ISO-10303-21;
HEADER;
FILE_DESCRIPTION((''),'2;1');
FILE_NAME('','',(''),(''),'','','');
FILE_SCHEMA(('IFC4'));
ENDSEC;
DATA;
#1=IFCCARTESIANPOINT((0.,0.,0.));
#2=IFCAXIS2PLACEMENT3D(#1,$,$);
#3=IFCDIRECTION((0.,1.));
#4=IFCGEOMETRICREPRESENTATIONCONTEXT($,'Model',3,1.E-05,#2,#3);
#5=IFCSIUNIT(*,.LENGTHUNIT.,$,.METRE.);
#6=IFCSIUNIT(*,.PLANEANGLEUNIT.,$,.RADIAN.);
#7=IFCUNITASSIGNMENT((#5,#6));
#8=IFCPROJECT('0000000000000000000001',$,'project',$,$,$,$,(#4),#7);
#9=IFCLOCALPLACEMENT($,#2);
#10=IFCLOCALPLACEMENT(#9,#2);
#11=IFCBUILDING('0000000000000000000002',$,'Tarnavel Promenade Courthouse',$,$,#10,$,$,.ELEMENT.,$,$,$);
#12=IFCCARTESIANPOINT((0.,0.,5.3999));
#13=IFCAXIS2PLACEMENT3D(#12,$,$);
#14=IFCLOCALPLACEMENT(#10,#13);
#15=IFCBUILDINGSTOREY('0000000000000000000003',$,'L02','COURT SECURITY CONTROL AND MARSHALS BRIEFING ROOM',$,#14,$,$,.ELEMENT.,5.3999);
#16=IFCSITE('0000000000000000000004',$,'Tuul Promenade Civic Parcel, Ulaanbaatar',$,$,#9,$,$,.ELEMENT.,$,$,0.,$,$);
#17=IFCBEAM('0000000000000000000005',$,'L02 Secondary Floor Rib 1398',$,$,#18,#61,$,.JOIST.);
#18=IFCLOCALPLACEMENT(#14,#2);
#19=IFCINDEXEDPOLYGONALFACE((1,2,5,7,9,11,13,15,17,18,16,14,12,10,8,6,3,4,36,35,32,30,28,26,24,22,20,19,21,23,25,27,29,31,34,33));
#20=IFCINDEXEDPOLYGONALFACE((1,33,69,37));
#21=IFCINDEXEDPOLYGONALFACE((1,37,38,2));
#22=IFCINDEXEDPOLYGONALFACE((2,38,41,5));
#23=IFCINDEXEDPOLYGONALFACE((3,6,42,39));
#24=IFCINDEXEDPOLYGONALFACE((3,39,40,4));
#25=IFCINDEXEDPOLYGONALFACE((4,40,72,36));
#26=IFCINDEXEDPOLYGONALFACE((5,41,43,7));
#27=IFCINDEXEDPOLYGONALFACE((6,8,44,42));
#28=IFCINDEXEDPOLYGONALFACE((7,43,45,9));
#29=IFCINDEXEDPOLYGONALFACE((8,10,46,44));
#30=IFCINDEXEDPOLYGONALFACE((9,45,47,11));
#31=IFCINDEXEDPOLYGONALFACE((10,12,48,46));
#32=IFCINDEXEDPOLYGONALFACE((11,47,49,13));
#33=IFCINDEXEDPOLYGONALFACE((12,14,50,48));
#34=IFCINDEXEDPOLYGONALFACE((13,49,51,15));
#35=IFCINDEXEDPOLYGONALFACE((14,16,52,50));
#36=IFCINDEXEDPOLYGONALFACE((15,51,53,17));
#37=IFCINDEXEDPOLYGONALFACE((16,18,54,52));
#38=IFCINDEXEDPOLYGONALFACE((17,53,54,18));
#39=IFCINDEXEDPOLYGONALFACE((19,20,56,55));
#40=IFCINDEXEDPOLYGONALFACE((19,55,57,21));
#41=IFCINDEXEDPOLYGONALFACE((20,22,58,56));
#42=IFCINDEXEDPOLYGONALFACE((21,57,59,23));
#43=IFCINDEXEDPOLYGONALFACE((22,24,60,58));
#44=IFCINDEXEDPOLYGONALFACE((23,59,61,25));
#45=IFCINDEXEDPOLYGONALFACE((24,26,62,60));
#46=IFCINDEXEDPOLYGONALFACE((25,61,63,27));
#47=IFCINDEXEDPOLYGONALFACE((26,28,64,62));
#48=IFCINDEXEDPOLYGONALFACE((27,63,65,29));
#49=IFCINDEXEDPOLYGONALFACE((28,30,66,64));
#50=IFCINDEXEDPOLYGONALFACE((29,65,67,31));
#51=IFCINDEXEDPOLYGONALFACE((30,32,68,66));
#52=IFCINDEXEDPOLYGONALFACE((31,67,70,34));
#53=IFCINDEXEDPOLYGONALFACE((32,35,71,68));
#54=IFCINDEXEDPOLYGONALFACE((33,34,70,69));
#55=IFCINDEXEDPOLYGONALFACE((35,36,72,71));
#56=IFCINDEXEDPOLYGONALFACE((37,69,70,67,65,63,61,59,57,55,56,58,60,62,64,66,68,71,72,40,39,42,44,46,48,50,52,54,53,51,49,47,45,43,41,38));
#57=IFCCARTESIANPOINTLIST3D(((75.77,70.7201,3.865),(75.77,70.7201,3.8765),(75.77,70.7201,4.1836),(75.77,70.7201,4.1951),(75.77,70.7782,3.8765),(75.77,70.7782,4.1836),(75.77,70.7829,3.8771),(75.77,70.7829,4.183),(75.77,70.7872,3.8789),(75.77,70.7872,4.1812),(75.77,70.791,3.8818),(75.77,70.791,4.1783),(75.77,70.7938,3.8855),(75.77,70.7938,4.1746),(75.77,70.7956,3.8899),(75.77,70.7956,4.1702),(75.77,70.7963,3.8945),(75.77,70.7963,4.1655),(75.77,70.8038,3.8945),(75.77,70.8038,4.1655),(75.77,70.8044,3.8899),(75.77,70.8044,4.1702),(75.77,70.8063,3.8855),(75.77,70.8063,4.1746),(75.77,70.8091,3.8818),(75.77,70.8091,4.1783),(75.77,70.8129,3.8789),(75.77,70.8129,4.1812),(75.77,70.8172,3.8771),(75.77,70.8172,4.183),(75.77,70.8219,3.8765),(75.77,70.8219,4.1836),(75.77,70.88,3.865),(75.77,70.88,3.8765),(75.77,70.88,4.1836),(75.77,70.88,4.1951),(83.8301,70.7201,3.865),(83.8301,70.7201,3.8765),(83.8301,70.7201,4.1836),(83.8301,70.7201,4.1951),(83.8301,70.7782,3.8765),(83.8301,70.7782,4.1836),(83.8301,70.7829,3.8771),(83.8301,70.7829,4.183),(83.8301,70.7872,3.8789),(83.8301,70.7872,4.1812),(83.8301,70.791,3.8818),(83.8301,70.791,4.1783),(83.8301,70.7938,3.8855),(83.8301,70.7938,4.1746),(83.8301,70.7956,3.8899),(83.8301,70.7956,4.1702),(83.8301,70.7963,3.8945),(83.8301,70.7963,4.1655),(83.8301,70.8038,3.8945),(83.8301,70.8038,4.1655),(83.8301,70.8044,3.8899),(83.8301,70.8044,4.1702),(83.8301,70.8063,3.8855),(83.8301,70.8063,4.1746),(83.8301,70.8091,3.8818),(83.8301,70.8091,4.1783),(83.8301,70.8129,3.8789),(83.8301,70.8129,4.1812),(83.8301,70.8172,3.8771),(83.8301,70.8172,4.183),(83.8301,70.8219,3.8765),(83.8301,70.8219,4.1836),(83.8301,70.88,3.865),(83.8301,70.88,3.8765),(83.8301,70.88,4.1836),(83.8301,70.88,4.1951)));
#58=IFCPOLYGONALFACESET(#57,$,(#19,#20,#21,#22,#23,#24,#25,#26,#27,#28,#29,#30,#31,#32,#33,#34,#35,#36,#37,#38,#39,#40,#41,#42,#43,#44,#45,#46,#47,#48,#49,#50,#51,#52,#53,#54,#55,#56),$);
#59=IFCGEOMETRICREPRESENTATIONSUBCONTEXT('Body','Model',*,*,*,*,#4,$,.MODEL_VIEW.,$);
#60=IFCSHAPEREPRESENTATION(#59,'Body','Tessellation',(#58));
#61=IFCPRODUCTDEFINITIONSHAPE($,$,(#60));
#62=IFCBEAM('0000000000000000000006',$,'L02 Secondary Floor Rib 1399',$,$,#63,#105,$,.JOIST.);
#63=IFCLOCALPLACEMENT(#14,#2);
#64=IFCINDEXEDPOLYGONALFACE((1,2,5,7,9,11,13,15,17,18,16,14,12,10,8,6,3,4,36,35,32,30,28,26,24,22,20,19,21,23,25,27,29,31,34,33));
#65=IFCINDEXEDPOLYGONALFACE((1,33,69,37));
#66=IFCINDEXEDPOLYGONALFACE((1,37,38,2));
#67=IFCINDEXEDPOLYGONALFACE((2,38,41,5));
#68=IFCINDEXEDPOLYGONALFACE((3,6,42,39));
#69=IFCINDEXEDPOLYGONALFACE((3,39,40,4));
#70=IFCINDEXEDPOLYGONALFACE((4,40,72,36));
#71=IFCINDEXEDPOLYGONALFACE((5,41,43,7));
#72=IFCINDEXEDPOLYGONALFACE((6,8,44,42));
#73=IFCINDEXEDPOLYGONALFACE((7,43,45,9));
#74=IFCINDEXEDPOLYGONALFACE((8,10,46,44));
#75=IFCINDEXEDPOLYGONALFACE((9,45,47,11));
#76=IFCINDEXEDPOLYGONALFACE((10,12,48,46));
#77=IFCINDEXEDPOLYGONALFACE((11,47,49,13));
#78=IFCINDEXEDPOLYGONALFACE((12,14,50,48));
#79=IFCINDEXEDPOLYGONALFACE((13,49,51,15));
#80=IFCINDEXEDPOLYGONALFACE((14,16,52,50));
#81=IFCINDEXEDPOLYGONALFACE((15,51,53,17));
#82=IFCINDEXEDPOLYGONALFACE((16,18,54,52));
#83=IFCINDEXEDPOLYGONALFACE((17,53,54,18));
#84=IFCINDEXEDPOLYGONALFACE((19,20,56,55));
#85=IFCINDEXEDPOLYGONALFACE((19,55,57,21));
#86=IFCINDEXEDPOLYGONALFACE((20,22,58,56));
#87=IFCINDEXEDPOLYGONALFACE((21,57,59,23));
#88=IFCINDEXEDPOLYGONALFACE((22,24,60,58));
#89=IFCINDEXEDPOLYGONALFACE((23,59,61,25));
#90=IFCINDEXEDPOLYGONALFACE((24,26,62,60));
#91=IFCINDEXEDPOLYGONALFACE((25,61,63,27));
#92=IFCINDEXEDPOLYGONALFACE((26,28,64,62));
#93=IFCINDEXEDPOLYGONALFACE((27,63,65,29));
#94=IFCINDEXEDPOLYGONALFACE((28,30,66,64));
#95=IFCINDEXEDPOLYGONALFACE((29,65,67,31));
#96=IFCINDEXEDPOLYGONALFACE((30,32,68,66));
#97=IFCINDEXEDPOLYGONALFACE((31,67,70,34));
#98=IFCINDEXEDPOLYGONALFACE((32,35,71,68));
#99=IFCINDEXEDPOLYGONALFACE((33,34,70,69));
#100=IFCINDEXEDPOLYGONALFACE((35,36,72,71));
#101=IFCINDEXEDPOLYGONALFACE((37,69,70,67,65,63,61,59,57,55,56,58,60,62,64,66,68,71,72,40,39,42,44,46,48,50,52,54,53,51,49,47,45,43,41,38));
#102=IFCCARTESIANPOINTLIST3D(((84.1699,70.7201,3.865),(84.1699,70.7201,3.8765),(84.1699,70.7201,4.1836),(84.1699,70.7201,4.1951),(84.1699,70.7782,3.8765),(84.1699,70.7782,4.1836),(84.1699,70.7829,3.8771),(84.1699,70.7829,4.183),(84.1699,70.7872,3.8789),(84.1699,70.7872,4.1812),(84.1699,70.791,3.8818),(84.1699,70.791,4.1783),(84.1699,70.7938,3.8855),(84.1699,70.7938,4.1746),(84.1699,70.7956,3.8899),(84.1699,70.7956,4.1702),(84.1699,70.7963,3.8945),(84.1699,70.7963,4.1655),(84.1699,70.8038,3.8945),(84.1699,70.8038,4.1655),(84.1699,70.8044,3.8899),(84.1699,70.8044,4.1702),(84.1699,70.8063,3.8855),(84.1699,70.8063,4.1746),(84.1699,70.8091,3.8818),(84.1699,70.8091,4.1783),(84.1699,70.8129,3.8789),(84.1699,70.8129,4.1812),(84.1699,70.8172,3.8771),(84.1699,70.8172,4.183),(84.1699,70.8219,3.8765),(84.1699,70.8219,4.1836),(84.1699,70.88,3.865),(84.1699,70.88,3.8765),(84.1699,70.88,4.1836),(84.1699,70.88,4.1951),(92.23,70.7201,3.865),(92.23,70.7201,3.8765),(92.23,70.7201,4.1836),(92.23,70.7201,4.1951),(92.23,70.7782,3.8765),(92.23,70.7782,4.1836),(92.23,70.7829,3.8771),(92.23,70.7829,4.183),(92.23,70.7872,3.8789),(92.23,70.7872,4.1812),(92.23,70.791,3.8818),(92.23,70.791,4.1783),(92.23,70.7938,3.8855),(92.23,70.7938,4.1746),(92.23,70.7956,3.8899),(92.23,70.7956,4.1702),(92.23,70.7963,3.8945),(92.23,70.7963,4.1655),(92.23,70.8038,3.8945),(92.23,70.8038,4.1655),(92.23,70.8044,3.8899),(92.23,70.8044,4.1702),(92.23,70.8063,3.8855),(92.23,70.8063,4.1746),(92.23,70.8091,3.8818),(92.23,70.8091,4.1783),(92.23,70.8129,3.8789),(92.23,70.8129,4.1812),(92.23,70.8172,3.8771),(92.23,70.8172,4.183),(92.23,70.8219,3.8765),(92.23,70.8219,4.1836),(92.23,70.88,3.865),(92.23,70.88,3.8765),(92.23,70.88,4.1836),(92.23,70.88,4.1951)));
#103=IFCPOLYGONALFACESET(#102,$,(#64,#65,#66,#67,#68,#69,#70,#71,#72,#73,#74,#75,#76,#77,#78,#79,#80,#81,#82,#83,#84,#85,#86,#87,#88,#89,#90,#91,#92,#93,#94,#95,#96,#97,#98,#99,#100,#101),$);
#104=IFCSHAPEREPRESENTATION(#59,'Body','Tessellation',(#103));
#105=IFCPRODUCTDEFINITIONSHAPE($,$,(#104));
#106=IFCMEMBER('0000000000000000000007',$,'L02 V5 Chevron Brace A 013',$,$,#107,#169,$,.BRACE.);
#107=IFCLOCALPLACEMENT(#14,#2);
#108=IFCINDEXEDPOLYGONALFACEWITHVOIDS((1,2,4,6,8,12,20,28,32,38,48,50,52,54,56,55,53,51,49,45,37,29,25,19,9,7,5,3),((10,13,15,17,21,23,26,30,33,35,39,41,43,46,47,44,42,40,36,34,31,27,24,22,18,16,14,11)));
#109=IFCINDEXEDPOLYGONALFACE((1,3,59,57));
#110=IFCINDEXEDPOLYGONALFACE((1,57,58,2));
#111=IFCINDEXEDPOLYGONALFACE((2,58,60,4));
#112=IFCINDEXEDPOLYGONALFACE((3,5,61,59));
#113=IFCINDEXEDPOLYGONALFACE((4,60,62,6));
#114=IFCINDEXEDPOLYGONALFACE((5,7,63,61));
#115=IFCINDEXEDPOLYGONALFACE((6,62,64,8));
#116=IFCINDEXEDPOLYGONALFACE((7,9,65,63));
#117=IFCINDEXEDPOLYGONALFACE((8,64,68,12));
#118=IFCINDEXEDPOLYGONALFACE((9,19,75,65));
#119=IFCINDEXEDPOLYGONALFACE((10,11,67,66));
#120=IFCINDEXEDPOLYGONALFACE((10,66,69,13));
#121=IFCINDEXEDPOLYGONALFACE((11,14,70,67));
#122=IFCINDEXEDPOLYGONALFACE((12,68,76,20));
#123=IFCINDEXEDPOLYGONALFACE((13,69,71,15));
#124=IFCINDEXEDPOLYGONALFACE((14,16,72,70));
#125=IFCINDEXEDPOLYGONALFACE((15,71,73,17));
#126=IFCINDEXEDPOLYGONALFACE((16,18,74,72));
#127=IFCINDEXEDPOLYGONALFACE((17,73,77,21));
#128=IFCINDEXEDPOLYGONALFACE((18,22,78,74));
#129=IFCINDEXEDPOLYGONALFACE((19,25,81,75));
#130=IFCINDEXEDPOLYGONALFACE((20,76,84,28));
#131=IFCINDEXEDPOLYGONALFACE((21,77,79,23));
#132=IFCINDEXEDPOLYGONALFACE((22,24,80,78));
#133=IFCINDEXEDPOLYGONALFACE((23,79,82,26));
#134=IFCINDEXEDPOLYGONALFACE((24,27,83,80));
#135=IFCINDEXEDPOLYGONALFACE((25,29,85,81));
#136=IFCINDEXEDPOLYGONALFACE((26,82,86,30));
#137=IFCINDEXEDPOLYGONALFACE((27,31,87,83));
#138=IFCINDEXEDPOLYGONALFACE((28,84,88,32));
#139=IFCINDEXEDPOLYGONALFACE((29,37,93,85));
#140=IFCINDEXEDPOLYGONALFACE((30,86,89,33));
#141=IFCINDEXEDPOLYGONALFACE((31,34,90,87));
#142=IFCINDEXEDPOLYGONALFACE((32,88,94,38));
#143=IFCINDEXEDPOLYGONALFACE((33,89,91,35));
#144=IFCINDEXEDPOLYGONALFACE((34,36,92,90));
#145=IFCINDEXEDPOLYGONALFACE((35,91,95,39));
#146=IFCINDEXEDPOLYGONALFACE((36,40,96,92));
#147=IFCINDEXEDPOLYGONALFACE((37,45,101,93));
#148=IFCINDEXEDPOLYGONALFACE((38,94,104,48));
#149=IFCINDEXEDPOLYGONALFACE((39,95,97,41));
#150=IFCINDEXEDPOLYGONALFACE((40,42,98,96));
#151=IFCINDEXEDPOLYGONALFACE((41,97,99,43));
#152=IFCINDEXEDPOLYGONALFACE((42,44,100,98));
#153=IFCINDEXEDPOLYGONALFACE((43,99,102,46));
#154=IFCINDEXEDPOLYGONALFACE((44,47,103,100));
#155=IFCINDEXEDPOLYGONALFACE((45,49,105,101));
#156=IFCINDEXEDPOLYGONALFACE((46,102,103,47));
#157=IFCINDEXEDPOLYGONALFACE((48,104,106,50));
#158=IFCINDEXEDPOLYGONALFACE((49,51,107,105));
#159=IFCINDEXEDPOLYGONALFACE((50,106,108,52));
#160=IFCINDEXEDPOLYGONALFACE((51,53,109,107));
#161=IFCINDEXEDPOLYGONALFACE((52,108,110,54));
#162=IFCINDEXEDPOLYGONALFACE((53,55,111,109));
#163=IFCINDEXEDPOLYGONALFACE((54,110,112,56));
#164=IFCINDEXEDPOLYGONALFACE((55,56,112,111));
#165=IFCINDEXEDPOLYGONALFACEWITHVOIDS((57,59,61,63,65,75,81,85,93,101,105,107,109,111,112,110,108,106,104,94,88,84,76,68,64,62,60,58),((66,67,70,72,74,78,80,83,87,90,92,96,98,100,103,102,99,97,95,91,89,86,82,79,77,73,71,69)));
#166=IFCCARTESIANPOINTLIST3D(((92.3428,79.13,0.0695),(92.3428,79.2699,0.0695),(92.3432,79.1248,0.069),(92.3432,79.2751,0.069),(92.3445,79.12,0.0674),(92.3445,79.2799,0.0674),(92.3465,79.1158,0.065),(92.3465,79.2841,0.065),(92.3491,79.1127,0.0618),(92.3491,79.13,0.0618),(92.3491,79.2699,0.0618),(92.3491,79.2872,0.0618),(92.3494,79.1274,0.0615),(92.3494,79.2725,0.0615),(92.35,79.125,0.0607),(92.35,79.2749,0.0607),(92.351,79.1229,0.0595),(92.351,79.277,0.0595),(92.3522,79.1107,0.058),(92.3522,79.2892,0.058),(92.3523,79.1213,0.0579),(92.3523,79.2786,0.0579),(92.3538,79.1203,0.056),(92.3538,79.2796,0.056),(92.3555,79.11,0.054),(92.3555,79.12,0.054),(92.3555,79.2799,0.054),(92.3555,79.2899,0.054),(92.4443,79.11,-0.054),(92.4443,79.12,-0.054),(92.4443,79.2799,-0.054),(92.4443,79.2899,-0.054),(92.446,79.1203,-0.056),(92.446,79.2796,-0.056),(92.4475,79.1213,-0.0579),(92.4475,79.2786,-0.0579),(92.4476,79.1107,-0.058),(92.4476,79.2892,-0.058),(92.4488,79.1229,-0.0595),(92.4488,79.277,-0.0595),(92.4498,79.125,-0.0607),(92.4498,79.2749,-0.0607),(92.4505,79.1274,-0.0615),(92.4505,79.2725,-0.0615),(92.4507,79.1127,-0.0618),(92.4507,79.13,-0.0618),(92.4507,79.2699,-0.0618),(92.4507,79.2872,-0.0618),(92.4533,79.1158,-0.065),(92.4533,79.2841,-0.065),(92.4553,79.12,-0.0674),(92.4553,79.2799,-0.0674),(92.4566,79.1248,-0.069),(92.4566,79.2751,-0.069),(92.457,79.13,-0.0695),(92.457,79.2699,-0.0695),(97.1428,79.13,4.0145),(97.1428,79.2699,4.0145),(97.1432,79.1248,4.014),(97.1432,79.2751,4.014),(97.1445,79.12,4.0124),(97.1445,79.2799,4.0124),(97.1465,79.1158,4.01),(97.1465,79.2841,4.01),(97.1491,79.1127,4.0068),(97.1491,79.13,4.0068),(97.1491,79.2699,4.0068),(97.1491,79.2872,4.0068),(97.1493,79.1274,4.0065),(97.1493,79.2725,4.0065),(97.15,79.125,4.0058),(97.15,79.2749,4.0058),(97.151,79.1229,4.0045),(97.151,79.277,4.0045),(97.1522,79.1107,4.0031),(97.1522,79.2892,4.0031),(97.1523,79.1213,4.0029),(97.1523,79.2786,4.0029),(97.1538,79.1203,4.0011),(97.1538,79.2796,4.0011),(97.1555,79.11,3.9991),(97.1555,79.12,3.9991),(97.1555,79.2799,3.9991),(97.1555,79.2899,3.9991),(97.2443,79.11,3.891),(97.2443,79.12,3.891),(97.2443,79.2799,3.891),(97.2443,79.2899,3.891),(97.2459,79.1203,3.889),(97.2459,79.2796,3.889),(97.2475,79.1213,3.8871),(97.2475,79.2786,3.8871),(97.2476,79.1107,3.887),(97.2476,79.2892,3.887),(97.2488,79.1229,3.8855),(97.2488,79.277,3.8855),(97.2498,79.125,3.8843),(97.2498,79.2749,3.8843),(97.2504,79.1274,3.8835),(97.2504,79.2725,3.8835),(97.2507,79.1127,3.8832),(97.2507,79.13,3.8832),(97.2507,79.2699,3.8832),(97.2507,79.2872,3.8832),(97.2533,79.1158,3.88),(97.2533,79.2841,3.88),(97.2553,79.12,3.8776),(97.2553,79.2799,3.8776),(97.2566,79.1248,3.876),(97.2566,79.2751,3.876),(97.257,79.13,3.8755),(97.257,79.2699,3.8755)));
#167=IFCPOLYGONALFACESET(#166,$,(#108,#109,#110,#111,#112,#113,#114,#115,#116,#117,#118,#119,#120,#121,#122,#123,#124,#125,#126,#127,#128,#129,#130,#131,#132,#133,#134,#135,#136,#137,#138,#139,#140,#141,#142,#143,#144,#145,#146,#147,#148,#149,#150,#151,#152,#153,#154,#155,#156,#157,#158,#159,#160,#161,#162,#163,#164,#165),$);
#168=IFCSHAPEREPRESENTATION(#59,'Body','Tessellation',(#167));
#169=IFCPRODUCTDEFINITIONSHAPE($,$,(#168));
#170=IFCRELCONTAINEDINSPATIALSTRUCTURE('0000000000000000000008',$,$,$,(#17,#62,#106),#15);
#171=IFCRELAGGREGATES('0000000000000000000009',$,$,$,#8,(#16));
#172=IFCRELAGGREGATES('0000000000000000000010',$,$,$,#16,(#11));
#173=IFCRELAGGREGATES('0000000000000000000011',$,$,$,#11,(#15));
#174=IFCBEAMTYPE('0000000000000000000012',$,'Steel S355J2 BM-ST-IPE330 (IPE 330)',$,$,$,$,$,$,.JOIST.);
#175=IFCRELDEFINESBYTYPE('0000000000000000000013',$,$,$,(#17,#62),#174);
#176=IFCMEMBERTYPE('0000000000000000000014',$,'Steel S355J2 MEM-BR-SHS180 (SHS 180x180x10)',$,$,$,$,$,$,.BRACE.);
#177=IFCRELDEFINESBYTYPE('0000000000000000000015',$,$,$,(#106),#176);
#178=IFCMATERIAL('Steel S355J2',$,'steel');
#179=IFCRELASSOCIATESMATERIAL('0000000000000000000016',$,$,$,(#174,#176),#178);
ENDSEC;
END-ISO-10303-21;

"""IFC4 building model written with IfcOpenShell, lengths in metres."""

from ifc_helpers import new_model, si_unit, direction, frame, origin, origin_2d, place, context, subcontext, project, spatial, hollow_rectangle, i_section, extrude, material, material_profile, profile_set, type_object, element, save


model = new_model("IFC4")

# Units and contexts
model_context = context("Model", 3, precision=1e-05, world=origin(), true_north=direction((0.0, 1.0)))
body_context = subcontext(model_context, "Body", "Model", "MODEL_VIEW")
ifc_project = project(units=[si_unit("LENGTHUNIT", "METRE"), si_unit("PLANEANGLEUNIT", "RADIAN")], contexts=[model_context])

# Site, building, storey
site_placement = place(None, origin())
site = spatial("IfcSite", under=ifc_project, at=site_placement, Name="Tuul Promenade Civic Parcel, Ulaanbaatar", CompositionType="ELEMENT", RefElevation=0.0)
building_placement = place(site_placement, origin())
building = spatial("IfcBuilding", under=site, at=building_placement, Name="Tarnavel Promenade Courthouse", CompositionType="ELEMENT")
storey_placement = place(building_placement, frame((0.0, 0.0, 5.3999)))
storey = spatial("IfcBuildingStorey", under=building, at=storey_placement, Name="L02", Description="COURT SECURITY CONTROL AND MARSHALS BRIEFING ROOM", CompositionType="ELEMENT", Elevation=5.3999)

# Beams
ifc_material_1 = material(Name="Steel S355J2", Category="steel")
ifc_material_profile_1 = material_profile(ifc_material_1, i_section(OverallWidth=0.1599, OverallDepth=0.3301, WebThickness=0.0076, FlangeThickness=0.0115, FilletRadius=0.0181, at=origin_2d()), Name="IPE 330")
ifc_profile_set_1 = profile_set([ifc_material_profile_1], Name="Steel S355J2")
beam_type_1 = type_object("IfcBeamType", Name="Steel S355J2 BM-ST-IPE330 (IPE 330)", PredefinedType="JOIST", material=ifc_profile_set_1)
for number, where, z_axis, x_axis, name in (
    (1, (75.77, 70.8, 4.03), (1.0, 0.0, 0.0), (0.0, 1.0, 0.0), "L02 Secondary Floor Rib 1398"),
    (2, (84.1699, 70.8, 4.03), (1.0, 0.0, 0.0), (0.0, 1.0, 0.0), "L02 Secondary Floor Rib 1399"),
):
    element("IfcBeam", number, at=place(storey_placement, frame(where, z_axis=z_axis, x_axis=x_axis)), inside=storey, type_object=beam_type_1, Name=name, PredefinedType="JOIST", context=body_context, shape_type="SweptSolid", body=[
        extrude(i_section(OverallWidth=0.1599, OverallDepth=0.3301, WebThickness=0.0076, FlangeThickness=0.0115, FilletRadius=0.0181, at=origin_2d()), origin(), (0.0, 0.0, 1.0), 8.0601),
    ])

# Member
ifc_material_profile_2 = material_profile(ifc_material_1, hollow_rectangle(XDim=0.1799, YDim=0.1799, WallThickness=0.01, InnerFilletRadius=0.01, OuterFilletRadius=0.02, at=origin_2d()), Name="SHS 180x180x10")
ifc_profile_set_2 = profile_set([ifc_material_profile_2], Name="Steel S355J2")
member_type_1 = type_object("IfcMemberType", Name="Steel S355J2 MEM-BR-SHS180 (SHS 180x180x10)", PredefinedType="BRACE", material=ifc_profile_set_2)
member_1_placement = place(storey_placement, frame((92.3999, 79.2, 0.0), z_axis=(0.772555, 0.0, 0.634948), x_axis=(0.0, 1.0, 0.0)))
element("IfcMember", 3, at=member_1_placement, inside=storey, type_object=member_type_1, Name="L02 V5 Chevron Brace A 013", PredefinedType="BRACE", context=body_context, shape_type="SweptSolid", body=[
    extrude(hollow_rectangle(XDim=0.1799, YDim=0.1799, WallThickness=0.01, InnerFilletRadius=0.01, OuterFilletRadius=0.02, at=origin_2d()), origin(), (0.0, 0.0, 1.0), 6.2131),
])

save(model, "model.ifc")
